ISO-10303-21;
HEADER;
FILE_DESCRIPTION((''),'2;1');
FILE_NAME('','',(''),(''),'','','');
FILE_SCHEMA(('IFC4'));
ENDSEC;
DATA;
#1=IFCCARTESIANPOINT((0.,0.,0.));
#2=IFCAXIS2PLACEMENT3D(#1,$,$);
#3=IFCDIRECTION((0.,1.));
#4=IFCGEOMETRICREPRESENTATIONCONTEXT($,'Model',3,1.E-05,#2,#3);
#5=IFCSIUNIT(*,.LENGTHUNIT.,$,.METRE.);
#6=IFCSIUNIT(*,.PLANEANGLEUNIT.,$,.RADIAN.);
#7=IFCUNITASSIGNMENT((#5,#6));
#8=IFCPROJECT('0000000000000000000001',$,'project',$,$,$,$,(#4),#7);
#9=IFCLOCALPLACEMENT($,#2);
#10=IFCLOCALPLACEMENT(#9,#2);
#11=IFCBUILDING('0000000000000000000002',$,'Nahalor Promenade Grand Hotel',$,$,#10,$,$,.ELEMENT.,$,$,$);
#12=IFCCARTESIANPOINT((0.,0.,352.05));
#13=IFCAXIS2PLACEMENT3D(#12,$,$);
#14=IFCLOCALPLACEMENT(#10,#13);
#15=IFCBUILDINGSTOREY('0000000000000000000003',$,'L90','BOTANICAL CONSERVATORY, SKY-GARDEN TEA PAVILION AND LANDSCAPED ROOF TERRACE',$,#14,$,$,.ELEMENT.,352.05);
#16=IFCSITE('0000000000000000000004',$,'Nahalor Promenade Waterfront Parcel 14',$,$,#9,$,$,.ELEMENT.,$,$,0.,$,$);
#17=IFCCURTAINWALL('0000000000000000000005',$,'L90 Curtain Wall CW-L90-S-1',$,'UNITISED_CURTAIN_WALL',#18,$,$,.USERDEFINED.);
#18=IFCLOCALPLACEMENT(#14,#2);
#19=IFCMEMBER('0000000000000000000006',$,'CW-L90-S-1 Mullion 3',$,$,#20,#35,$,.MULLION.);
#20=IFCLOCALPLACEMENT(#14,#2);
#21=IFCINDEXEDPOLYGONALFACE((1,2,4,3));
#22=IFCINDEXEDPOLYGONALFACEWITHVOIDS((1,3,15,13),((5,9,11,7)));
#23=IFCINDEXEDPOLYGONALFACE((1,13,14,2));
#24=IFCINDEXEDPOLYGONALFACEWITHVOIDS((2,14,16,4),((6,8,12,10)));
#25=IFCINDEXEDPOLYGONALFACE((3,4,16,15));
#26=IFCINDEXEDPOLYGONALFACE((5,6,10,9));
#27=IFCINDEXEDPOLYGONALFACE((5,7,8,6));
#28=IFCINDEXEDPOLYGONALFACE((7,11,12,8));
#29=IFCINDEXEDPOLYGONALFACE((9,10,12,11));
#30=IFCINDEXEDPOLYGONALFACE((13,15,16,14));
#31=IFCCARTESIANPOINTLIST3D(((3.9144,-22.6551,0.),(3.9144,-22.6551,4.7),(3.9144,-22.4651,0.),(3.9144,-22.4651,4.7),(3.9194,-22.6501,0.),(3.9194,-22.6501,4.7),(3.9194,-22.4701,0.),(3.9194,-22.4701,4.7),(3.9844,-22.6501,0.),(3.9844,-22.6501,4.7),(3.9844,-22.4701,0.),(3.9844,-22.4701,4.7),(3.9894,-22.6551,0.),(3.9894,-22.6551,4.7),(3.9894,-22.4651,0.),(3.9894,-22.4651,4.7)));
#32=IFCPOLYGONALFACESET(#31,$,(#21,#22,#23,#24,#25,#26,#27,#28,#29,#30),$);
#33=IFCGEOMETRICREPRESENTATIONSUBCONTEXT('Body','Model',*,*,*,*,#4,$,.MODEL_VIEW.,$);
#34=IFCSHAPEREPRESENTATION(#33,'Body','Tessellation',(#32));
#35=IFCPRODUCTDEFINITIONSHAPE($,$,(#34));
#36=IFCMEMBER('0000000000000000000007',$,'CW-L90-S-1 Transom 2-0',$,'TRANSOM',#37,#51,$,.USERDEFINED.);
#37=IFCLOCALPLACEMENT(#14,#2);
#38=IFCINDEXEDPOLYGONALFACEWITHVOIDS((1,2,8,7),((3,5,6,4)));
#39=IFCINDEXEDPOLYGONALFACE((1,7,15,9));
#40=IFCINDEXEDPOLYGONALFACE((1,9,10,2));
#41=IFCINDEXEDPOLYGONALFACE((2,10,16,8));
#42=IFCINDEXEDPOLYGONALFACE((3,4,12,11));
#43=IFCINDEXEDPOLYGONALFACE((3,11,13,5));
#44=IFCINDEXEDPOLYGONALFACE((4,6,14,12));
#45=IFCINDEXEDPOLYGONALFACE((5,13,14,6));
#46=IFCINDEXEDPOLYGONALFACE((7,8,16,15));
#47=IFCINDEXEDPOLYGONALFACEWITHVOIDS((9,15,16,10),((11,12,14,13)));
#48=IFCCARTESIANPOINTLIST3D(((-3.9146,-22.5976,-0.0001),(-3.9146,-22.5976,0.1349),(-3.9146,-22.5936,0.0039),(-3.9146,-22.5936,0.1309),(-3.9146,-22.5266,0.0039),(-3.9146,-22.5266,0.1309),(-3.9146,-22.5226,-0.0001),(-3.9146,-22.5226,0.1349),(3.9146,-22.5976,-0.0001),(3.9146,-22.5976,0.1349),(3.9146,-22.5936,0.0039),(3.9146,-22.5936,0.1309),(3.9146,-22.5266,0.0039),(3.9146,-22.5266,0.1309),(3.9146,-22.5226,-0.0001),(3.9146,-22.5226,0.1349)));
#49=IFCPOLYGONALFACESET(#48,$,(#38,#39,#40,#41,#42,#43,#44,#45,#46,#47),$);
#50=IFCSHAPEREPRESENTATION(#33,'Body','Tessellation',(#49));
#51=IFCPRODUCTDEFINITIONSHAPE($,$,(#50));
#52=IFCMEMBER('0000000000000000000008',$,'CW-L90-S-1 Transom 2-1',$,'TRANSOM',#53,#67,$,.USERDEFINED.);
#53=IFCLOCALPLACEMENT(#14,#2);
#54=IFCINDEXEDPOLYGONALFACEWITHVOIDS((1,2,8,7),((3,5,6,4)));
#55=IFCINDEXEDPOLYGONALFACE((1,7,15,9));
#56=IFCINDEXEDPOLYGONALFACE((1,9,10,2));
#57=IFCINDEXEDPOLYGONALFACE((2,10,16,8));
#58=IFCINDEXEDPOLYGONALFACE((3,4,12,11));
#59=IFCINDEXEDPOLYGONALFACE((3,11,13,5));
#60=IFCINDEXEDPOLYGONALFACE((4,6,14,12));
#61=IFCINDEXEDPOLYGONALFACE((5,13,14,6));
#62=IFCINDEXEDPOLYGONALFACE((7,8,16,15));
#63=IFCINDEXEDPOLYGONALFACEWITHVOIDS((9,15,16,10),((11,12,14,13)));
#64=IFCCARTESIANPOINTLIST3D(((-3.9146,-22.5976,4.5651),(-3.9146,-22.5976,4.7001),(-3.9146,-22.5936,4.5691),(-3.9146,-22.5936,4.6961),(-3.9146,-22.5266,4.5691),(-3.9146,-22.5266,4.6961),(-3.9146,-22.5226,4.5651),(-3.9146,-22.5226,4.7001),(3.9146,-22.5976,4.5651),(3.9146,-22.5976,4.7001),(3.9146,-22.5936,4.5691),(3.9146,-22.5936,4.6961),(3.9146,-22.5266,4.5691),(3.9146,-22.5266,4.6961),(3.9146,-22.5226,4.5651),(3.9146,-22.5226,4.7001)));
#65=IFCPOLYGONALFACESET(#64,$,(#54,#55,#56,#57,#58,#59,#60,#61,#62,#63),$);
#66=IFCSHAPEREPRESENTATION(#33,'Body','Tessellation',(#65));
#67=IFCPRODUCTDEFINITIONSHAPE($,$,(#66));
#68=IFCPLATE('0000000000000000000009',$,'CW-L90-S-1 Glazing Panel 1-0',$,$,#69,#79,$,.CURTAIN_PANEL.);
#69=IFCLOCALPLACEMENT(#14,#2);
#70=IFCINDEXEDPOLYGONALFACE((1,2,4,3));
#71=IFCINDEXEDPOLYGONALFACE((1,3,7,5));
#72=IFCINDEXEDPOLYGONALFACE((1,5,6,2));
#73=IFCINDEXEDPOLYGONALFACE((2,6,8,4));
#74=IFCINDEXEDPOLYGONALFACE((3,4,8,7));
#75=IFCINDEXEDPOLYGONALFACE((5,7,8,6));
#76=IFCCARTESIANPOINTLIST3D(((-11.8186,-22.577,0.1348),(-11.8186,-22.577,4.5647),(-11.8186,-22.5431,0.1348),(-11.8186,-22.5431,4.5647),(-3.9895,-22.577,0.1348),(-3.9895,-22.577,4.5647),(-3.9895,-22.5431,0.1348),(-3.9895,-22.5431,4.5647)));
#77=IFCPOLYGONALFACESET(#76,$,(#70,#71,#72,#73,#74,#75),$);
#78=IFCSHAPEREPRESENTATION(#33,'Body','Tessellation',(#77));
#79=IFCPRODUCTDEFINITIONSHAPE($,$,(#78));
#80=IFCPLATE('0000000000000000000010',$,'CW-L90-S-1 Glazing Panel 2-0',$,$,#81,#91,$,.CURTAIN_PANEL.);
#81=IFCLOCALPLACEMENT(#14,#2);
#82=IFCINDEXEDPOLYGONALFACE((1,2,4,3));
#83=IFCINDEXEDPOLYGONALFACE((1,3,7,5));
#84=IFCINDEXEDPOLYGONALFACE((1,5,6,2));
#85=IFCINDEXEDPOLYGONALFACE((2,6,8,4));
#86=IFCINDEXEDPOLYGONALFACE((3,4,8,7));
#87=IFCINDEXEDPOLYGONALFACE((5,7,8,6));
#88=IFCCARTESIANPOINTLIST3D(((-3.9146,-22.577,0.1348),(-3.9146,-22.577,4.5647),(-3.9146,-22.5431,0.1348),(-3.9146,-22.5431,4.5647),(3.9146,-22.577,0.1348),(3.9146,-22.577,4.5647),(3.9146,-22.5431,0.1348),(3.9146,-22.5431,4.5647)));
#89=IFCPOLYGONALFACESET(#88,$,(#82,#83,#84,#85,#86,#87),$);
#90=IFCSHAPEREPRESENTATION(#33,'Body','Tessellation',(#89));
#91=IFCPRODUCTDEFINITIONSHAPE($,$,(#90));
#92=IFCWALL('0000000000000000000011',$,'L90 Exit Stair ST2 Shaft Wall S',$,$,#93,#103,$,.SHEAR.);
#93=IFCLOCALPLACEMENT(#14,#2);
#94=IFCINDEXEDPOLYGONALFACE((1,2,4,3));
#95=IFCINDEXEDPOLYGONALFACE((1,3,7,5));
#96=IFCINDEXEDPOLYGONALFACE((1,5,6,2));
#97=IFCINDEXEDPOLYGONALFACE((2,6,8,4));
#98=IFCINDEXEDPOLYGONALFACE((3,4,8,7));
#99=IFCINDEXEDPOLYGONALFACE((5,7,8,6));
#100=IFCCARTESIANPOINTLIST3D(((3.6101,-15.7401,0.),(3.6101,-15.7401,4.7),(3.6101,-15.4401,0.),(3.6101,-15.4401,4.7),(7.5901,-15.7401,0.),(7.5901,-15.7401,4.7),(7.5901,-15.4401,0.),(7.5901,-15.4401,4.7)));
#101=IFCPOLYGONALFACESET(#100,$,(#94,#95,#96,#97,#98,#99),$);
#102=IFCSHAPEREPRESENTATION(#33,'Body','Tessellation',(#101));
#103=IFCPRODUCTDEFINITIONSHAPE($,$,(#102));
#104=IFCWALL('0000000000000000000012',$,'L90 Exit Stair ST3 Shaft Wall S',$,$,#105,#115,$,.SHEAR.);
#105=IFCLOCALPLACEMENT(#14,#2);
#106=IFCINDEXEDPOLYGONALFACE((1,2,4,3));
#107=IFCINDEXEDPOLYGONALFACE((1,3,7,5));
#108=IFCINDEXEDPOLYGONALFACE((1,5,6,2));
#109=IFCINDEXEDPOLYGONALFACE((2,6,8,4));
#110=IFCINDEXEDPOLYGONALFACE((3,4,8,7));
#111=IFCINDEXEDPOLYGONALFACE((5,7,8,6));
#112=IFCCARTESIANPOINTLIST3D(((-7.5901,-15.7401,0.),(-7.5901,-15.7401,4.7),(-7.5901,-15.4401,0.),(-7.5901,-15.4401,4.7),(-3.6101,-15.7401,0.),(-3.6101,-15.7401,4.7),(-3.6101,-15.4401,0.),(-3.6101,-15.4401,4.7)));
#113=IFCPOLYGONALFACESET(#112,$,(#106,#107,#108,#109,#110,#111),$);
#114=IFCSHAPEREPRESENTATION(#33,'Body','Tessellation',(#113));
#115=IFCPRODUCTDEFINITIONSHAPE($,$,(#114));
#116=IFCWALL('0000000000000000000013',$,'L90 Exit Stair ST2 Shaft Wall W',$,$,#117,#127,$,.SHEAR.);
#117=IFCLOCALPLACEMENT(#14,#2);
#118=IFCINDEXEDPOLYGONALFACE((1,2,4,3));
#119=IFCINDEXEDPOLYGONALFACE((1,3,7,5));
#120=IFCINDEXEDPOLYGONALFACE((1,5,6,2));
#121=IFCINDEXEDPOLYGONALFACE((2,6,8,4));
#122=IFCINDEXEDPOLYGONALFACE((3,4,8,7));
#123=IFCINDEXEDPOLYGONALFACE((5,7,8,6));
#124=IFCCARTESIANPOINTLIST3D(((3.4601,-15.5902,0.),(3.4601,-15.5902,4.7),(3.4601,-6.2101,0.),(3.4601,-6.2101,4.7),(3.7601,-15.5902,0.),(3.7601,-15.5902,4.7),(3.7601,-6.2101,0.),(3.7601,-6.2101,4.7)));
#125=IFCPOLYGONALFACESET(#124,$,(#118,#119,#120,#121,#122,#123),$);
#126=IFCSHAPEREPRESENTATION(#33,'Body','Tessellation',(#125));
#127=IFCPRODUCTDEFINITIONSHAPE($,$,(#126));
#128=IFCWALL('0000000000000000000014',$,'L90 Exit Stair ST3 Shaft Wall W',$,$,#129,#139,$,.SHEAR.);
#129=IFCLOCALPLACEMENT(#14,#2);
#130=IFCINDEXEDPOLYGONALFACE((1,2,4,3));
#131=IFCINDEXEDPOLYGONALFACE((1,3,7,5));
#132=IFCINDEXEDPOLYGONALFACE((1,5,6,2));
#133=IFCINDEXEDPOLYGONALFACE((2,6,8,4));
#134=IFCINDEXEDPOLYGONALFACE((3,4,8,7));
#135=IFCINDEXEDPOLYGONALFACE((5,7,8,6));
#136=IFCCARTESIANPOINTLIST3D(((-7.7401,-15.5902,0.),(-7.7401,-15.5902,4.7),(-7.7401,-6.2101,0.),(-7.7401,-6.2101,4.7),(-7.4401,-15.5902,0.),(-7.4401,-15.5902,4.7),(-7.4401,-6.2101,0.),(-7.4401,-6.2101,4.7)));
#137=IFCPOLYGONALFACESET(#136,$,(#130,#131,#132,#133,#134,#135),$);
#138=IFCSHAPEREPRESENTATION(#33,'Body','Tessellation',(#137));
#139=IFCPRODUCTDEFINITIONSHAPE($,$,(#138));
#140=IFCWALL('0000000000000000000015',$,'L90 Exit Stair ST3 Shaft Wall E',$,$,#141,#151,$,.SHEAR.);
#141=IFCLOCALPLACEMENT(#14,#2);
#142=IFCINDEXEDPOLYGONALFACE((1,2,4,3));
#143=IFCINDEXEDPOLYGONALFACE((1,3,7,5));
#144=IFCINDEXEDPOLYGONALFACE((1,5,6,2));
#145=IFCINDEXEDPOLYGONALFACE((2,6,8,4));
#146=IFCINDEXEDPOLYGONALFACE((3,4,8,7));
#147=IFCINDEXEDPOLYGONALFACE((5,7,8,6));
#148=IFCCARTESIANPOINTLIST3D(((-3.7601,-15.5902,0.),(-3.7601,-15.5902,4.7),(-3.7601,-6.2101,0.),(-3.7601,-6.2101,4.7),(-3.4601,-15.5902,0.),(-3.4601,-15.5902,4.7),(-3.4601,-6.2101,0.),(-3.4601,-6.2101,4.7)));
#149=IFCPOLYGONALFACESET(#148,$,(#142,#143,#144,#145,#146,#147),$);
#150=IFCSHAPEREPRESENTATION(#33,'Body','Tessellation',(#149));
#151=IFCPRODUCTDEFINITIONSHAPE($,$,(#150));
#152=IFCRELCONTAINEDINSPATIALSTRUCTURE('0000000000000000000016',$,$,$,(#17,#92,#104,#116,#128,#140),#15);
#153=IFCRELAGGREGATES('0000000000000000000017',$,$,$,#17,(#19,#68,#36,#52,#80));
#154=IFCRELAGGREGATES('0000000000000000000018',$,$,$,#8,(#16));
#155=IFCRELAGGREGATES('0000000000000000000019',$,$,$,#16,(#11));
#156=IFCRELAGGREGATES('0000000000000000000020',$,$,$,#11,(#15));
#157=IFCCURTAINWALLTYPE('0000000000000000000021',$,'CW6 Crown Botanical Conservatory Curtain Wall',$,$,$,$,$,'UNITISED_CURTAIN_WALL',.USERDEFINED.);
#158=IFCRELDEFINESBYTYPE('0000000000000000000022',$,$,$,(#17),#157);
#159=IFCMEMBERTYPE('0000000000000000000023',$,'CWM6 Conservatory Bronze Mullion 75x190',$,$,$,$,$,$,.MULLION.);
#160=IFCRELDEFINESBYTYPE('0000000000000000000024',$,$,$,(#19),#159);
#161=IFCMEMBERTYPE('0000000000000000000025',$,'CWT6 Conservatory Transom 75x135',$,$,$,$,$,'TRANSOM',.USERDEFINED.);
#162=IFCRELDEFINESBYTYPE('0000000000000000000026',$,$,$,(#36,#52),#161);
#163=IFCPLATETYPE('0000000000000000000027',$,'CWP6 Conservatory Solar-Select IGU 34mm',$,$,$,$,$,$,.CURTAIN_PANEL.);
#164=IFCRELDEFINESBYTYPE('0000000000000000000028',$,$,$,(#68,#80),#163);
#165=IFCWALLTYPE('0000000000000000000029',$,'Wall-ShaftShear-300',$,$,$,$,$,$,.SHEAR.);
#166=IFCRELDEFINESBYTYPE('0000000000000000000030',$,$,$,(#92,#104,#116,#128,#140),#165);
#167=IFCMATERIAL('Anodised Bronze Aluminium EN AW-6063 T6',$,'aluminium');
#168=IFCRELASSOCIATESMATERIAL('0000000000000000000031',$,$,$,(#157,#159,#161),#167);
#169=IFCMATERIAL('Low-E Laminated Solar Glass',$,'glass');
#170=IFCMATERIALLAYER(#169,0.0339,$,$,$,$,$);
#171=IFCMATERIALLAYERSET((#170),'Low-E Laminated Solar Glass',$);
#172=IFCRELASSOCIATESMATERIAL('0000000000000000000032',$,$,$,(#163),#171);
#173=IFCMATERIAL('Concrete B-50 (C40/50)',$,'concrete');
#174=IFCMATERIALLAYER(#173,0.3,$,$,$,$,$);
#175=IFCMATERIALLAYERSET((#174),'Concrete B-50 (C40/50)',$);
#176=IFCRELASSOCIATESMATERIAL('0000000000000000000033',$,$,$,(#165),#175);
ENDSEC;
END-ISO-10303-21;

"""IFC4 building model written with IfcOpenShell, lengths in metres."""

from ifc_helpers import new_model, si_unit, direction, frame, frame_2d, origin, origin_2d, place, context, subcontext, project, spatial, rectangle, hollow_rectangle, extrude, source, transform, mapped, material, layer, layer_set, material_profile, profile_set, type_object, element, aggregate, save


model = new_model("IFC4")

# Units and contexts
model_context = context("Model", 3, precision=1e-05, world=origin(), true_north=direction((0.0, 1.0)))
body_context = subcontext(model_context, "Body", "Model", "MODEL_VIEW")
ifc_project = project(units=[si_unit("LENGTHUNIT", "METRE"), si_unit("PLANEANGLEUNIT", "RADIAN")], contexts=[model_context])

# Site, building, storey
site_placement = place(None, origin())
site = spatial("IfcSite", under=ifc_project, at=site_placement, Name="Nahalor Promenade Waterfront Parcel 14", CompositionType="ELEMENT", RefElevation=0.0)
building_placement = place(site_placement, origin())
building = spatial("IfcBuilding", under=site, at=building_placement, Name="Nahalor Promenade Grand Hotel", CompositionType="ELEMENT")
storey_placement = place(building_placement, frame((0.0, 0.0, 352.05)))
storey = spatial("IfcBuildingStorey", under=building, at=storey_placement, Name="L90", Description="BOTANICAL CONSERVATORY, SKY-GARDEN TEA PAVILION AND LANDSCAPED ROOF TERRACE", CompositionType="ELEMENT", Elevation=352.05)

# Shared definitions
ifc_material_1 = material(Name="Concrete B-50 (C40/50)", Category="concrete")

# Curtain wall, members, plates
ifc_material_2 = material(Name="Anodised Bronze Aluminium EN AW-6063 T6", Category="aluminium")
curtain_wall_type = type_object("IfcCurtainWallType", Name="CW6 Crown Botanical Conservatory Curtain Wall", ElementType="UNITISED_CURTAIN_WALL", PredefinedType="USERDEFINED", material=ifc_material_2)
curtain_wall_placement = place(storey_placement, origin())
curtain_wall = element("IfcCurtainWall", 1, at=curtain_wall_placement, inside=storey, type_object=curtain_wall_type, Name="L90 Curtain Wall CW-L90-S-1", ObjectType="UNITISED_CURTAIN_WALL", PredefinedType="USERDEFINED")
ifc_material_profile_1 = material_profile(ifc_material_2, hollow_rectangle(XDim=0.075, YDim=0.19, WallThickness=0.005, at=origin_2d()), Name="CWM 75x190x5")
ifc_profile_set_1 = profile_set([ifc_material_profile_1], Name="Anodised Bronze Aluminium EN AW-6063 T6")
member_type_1 = type_object("IfcMemberType", Name="CWM6 Conservatory Bronze Mullion 75x190", PredefinedType="MULLION", material=ifc_profile_set_1)
shared_shape_1 = source(origin(), body_context, "Body", "SweptSolid", [
    extrude(hollow_rectangle(XDim=0.075, YDim=0.19, WallThickness=0.005, at=origin_2d()), origin(), (0.0, 0.0, 1.0), 4.7),
])
member_1_placement = place(storey_placement, frame((3.9519, -22.5601, 0.0), z_axis=(0.0, 0.0, 1.0), x_axis=(1.0, 0.0, 0.0)))
member_1 = element("IfcMember", 2, at=member_1_placement, type_object=member_type_1, Name="CW-L90-S-1 Mullion 3", PredefinedType="MULLION", context=body_context, shape_type="MappedRepresentation", body=[
    mapped(shared_shape_1, transform((0.0, 0.0, 0.0), scale=1.0)),
])
ifc_material_profile_2 = material_profile(ifc_material_2, hollow_rectangle(XDim=0.075, YDim=0.135, WallThickness=0.004, at=origin_2d()), Name="CWT 75x135x4")
ifc_profile_set_2 = profile_set([ifc_material_profile_2], Name="Anodised Bronze Aluminium EN AW-6063 T6")
member_type_2 = type_object("IfcMemberType", Name="CWT6 Conservatory Transom 75x135", ElementType="TRANSOM", PredefinedType="USERDEFINED", material=ifc_profile_set_2)
shared_shape_2 = source(origin(), body_context, "Body", "SweptSolid", [
    extrude(hollow_rectangle(XDim=0.075, YDim=0.135, WallThickness=0.004, at=origin_2d()), origin(), (0.0, 0.0, 1.0), 7.8291),
])
member_2_placement = place(storey_placement, frame((-3.9146, -22.5601, 0.0674), z_axis=(1.0, 0.0, 0.0), x_axis=(0.0, 1.0, 0.0)))
member_2 = element("IfcMember", 3, at=member_2_placement, type_object=member_type_2, Name="CW-L90-S-1 Transom 2-0", ObjectType="TRANSOM", PredefinedType="USERDEFINED", context=body_context, shape_type="MappedRepresentation", body=[
    mapped(shared_shape_2, transform((0.0, 0.0, 0.0), scale=1.0)),
])
member_3_placement = place(storey_placement, frame((-3.9146, -22.5601, 4.6326), z_axis=(1.0, 0.0, 0.0), x_axis=(0.0, 1.0, 0.0)))
member_3 = element("IfcMember", 4, at=member_3_placement, type_object=member_type_2, Name="CW-L90-S-1 Transom 2-1", ObjectType="TRANSOM", PredefinedType="USERDEFINED", context=body_context, shape_type="MappedRepresentation", body=[
    mapped(shared_shape_2, transform((0.0, 0.0, 0.0), scale=1.0)),
])
ifc_material_3 = material(Name="Low-E Laminated Solar Glass", Category="glass")
ifc_layer_1 = layer(ifc_material_3, 0.0339)
ifc_layer_set_1 = layer_set([ifc_layer_1], Name="Low-E Laminated Solar Glass")
plate_type = type_object("IfcPlateType", Name="CWP6 Conservatory Solar-Select IGU 34mm", PredefinedType="CURTAIN_PANEL", material=ifc_layer_set_1)
shared_shape_3 = source(origin(), body_context, "Body", "SweptSolid", [
    extrude(rectangle(XDim=7.8291, YDim=0.0339, at=origin_2d()), origin(), (0.0, 0.0, 1.0), 4.4299),
])
plate_1_placement = place(storey_placement, frame((-7.9041, -22.5601, 0.1348), z_axis=(0.0, 0.0, 1.0), x_axis=(1.0, 0.0, 0.0)))
plate_1 = element("IfcPlate", 5, at=plate_1_placement, type_object=plate_type, Name="CW-L90-S-1 Glazing Panel 1-0", PredefinedType="CURTAIN_PANEL", context=body_context, shape_type="MappedRepresentation", body=[
    mapped(shared_shape_3, transform((0.0, 0.0, 0.0), scale=1.0)),
])
plate_2_placement = place(storey_placement, frame((0.0, -22.5601, 0.1348), z_axis=(0.0, 0.0, 1.0), x_axis=(1.0, 0.0, 0.0)))
plate_2 = element("IfcPlate", 6, at=plate_2_placement, type_object=plate_type, Name="CW-L90-S-1 Glazing Panel 2-0", PredefinedType="CURTAIN_PANEL", context=body_context, shape_type="MappedRepresentation", body=[
    mapped(shared_shape_3, transform((0.0, 0.0, 0.0), scale=1.0)),
])
aggregate(curtain_wall, [member_1, plate_1, member_2, member_3, plate_2])

# Walls
ifc_layer_2 = layer(ifc_material_1, 0.3)
ifc_layer_set_2 = layer_set([ifc_layer_2], Name="Concrete B-50 (C40/50)")
wall_type = type_object("IfcWallType", Name="Wall-ShaftShear-300", PredefinedType="SHEAR", material=ifc_layer_set_2)
shared_shape_4 = source(origin(), body_context, "Body", "SweptSolid", [
    extrude(rectangle(XDim=3.98, YDim=0.3, at=frame_2d((1.99, 0.0))), origin(), (0.0, 0.0, 1.0), 4.7),
])
for number, where, z_axis, x_axis, name in (
    (7, (3.6101, -15.5901, 0.0), (0.0, 0.0, 1.0), (1.0, 0.0, 0.0), "L90 Exit Stair ST2 Shaft Wall S"),
    (8, (-7.5901, -15.5901, 0.0), (0.0, 0.0, 1.0), (1.0, 0.0, 0.0), "L90 Exit Stair ST3 Shaft Wall S"),
):
    element("IfcWall", number, at=place(storey_placement, frame(where, z_axis=z_axis, x_axis=x_axis)), inside=storey, type_object=wall_type, Name=name, PredefinedType="SHEAR", context=body_context, shape_type="MappedRepresentation", body=[
        mapped(shared_shape_4, transform((0.0, 0.0, 0.0), scale=1.0)),
    ])
shared_shape_5 = source(origin(), body_context, "Body", "SweptSolid", [
    extrude(rectangle(XDim=9.3801, YDim=0.3, at=frame_2d((4.6899, 0.0))), origin(), (0.0, 0.0, 1.0), 4.7),
])
for number, where, z_axis, x_axis, name in (
    (9, (3.6101, -15.5901, 0.0), (0.0, 0.0, 1.0), (0.0, 1.0, 0.0), "L90 Exit Stair ST2 Shaft Wall W"),
    (10, (-7.5901, -15.5901, 0.0), (0.0, 0.0, 1.0), (0.0, 1.0, 0.0), "L90 Exit Stair ST3 Shaft Wall W"),
    (11, (-3.6101, -15.5901, 0.0), (0.0, 0.0, 1.0), (0.0, 1.0, 0.0), "L90 Exit Stair ST3 Shaft Wall E"),
):
    element("IfcWall", number, at=place(storey_placement, frame(where, z_axis=z_axis, x_axis=x_axis)), inside=storey, type_object=wall_type, Name=name, PredefinedType="SHEAR", context=body_context, shape_type="MappedRepresentation", body=[
        mapped(shared_shape_5, transform((0.0, 0.0, 0.0), scale=1.0)),
    ])

save(model, "model.ifc")
